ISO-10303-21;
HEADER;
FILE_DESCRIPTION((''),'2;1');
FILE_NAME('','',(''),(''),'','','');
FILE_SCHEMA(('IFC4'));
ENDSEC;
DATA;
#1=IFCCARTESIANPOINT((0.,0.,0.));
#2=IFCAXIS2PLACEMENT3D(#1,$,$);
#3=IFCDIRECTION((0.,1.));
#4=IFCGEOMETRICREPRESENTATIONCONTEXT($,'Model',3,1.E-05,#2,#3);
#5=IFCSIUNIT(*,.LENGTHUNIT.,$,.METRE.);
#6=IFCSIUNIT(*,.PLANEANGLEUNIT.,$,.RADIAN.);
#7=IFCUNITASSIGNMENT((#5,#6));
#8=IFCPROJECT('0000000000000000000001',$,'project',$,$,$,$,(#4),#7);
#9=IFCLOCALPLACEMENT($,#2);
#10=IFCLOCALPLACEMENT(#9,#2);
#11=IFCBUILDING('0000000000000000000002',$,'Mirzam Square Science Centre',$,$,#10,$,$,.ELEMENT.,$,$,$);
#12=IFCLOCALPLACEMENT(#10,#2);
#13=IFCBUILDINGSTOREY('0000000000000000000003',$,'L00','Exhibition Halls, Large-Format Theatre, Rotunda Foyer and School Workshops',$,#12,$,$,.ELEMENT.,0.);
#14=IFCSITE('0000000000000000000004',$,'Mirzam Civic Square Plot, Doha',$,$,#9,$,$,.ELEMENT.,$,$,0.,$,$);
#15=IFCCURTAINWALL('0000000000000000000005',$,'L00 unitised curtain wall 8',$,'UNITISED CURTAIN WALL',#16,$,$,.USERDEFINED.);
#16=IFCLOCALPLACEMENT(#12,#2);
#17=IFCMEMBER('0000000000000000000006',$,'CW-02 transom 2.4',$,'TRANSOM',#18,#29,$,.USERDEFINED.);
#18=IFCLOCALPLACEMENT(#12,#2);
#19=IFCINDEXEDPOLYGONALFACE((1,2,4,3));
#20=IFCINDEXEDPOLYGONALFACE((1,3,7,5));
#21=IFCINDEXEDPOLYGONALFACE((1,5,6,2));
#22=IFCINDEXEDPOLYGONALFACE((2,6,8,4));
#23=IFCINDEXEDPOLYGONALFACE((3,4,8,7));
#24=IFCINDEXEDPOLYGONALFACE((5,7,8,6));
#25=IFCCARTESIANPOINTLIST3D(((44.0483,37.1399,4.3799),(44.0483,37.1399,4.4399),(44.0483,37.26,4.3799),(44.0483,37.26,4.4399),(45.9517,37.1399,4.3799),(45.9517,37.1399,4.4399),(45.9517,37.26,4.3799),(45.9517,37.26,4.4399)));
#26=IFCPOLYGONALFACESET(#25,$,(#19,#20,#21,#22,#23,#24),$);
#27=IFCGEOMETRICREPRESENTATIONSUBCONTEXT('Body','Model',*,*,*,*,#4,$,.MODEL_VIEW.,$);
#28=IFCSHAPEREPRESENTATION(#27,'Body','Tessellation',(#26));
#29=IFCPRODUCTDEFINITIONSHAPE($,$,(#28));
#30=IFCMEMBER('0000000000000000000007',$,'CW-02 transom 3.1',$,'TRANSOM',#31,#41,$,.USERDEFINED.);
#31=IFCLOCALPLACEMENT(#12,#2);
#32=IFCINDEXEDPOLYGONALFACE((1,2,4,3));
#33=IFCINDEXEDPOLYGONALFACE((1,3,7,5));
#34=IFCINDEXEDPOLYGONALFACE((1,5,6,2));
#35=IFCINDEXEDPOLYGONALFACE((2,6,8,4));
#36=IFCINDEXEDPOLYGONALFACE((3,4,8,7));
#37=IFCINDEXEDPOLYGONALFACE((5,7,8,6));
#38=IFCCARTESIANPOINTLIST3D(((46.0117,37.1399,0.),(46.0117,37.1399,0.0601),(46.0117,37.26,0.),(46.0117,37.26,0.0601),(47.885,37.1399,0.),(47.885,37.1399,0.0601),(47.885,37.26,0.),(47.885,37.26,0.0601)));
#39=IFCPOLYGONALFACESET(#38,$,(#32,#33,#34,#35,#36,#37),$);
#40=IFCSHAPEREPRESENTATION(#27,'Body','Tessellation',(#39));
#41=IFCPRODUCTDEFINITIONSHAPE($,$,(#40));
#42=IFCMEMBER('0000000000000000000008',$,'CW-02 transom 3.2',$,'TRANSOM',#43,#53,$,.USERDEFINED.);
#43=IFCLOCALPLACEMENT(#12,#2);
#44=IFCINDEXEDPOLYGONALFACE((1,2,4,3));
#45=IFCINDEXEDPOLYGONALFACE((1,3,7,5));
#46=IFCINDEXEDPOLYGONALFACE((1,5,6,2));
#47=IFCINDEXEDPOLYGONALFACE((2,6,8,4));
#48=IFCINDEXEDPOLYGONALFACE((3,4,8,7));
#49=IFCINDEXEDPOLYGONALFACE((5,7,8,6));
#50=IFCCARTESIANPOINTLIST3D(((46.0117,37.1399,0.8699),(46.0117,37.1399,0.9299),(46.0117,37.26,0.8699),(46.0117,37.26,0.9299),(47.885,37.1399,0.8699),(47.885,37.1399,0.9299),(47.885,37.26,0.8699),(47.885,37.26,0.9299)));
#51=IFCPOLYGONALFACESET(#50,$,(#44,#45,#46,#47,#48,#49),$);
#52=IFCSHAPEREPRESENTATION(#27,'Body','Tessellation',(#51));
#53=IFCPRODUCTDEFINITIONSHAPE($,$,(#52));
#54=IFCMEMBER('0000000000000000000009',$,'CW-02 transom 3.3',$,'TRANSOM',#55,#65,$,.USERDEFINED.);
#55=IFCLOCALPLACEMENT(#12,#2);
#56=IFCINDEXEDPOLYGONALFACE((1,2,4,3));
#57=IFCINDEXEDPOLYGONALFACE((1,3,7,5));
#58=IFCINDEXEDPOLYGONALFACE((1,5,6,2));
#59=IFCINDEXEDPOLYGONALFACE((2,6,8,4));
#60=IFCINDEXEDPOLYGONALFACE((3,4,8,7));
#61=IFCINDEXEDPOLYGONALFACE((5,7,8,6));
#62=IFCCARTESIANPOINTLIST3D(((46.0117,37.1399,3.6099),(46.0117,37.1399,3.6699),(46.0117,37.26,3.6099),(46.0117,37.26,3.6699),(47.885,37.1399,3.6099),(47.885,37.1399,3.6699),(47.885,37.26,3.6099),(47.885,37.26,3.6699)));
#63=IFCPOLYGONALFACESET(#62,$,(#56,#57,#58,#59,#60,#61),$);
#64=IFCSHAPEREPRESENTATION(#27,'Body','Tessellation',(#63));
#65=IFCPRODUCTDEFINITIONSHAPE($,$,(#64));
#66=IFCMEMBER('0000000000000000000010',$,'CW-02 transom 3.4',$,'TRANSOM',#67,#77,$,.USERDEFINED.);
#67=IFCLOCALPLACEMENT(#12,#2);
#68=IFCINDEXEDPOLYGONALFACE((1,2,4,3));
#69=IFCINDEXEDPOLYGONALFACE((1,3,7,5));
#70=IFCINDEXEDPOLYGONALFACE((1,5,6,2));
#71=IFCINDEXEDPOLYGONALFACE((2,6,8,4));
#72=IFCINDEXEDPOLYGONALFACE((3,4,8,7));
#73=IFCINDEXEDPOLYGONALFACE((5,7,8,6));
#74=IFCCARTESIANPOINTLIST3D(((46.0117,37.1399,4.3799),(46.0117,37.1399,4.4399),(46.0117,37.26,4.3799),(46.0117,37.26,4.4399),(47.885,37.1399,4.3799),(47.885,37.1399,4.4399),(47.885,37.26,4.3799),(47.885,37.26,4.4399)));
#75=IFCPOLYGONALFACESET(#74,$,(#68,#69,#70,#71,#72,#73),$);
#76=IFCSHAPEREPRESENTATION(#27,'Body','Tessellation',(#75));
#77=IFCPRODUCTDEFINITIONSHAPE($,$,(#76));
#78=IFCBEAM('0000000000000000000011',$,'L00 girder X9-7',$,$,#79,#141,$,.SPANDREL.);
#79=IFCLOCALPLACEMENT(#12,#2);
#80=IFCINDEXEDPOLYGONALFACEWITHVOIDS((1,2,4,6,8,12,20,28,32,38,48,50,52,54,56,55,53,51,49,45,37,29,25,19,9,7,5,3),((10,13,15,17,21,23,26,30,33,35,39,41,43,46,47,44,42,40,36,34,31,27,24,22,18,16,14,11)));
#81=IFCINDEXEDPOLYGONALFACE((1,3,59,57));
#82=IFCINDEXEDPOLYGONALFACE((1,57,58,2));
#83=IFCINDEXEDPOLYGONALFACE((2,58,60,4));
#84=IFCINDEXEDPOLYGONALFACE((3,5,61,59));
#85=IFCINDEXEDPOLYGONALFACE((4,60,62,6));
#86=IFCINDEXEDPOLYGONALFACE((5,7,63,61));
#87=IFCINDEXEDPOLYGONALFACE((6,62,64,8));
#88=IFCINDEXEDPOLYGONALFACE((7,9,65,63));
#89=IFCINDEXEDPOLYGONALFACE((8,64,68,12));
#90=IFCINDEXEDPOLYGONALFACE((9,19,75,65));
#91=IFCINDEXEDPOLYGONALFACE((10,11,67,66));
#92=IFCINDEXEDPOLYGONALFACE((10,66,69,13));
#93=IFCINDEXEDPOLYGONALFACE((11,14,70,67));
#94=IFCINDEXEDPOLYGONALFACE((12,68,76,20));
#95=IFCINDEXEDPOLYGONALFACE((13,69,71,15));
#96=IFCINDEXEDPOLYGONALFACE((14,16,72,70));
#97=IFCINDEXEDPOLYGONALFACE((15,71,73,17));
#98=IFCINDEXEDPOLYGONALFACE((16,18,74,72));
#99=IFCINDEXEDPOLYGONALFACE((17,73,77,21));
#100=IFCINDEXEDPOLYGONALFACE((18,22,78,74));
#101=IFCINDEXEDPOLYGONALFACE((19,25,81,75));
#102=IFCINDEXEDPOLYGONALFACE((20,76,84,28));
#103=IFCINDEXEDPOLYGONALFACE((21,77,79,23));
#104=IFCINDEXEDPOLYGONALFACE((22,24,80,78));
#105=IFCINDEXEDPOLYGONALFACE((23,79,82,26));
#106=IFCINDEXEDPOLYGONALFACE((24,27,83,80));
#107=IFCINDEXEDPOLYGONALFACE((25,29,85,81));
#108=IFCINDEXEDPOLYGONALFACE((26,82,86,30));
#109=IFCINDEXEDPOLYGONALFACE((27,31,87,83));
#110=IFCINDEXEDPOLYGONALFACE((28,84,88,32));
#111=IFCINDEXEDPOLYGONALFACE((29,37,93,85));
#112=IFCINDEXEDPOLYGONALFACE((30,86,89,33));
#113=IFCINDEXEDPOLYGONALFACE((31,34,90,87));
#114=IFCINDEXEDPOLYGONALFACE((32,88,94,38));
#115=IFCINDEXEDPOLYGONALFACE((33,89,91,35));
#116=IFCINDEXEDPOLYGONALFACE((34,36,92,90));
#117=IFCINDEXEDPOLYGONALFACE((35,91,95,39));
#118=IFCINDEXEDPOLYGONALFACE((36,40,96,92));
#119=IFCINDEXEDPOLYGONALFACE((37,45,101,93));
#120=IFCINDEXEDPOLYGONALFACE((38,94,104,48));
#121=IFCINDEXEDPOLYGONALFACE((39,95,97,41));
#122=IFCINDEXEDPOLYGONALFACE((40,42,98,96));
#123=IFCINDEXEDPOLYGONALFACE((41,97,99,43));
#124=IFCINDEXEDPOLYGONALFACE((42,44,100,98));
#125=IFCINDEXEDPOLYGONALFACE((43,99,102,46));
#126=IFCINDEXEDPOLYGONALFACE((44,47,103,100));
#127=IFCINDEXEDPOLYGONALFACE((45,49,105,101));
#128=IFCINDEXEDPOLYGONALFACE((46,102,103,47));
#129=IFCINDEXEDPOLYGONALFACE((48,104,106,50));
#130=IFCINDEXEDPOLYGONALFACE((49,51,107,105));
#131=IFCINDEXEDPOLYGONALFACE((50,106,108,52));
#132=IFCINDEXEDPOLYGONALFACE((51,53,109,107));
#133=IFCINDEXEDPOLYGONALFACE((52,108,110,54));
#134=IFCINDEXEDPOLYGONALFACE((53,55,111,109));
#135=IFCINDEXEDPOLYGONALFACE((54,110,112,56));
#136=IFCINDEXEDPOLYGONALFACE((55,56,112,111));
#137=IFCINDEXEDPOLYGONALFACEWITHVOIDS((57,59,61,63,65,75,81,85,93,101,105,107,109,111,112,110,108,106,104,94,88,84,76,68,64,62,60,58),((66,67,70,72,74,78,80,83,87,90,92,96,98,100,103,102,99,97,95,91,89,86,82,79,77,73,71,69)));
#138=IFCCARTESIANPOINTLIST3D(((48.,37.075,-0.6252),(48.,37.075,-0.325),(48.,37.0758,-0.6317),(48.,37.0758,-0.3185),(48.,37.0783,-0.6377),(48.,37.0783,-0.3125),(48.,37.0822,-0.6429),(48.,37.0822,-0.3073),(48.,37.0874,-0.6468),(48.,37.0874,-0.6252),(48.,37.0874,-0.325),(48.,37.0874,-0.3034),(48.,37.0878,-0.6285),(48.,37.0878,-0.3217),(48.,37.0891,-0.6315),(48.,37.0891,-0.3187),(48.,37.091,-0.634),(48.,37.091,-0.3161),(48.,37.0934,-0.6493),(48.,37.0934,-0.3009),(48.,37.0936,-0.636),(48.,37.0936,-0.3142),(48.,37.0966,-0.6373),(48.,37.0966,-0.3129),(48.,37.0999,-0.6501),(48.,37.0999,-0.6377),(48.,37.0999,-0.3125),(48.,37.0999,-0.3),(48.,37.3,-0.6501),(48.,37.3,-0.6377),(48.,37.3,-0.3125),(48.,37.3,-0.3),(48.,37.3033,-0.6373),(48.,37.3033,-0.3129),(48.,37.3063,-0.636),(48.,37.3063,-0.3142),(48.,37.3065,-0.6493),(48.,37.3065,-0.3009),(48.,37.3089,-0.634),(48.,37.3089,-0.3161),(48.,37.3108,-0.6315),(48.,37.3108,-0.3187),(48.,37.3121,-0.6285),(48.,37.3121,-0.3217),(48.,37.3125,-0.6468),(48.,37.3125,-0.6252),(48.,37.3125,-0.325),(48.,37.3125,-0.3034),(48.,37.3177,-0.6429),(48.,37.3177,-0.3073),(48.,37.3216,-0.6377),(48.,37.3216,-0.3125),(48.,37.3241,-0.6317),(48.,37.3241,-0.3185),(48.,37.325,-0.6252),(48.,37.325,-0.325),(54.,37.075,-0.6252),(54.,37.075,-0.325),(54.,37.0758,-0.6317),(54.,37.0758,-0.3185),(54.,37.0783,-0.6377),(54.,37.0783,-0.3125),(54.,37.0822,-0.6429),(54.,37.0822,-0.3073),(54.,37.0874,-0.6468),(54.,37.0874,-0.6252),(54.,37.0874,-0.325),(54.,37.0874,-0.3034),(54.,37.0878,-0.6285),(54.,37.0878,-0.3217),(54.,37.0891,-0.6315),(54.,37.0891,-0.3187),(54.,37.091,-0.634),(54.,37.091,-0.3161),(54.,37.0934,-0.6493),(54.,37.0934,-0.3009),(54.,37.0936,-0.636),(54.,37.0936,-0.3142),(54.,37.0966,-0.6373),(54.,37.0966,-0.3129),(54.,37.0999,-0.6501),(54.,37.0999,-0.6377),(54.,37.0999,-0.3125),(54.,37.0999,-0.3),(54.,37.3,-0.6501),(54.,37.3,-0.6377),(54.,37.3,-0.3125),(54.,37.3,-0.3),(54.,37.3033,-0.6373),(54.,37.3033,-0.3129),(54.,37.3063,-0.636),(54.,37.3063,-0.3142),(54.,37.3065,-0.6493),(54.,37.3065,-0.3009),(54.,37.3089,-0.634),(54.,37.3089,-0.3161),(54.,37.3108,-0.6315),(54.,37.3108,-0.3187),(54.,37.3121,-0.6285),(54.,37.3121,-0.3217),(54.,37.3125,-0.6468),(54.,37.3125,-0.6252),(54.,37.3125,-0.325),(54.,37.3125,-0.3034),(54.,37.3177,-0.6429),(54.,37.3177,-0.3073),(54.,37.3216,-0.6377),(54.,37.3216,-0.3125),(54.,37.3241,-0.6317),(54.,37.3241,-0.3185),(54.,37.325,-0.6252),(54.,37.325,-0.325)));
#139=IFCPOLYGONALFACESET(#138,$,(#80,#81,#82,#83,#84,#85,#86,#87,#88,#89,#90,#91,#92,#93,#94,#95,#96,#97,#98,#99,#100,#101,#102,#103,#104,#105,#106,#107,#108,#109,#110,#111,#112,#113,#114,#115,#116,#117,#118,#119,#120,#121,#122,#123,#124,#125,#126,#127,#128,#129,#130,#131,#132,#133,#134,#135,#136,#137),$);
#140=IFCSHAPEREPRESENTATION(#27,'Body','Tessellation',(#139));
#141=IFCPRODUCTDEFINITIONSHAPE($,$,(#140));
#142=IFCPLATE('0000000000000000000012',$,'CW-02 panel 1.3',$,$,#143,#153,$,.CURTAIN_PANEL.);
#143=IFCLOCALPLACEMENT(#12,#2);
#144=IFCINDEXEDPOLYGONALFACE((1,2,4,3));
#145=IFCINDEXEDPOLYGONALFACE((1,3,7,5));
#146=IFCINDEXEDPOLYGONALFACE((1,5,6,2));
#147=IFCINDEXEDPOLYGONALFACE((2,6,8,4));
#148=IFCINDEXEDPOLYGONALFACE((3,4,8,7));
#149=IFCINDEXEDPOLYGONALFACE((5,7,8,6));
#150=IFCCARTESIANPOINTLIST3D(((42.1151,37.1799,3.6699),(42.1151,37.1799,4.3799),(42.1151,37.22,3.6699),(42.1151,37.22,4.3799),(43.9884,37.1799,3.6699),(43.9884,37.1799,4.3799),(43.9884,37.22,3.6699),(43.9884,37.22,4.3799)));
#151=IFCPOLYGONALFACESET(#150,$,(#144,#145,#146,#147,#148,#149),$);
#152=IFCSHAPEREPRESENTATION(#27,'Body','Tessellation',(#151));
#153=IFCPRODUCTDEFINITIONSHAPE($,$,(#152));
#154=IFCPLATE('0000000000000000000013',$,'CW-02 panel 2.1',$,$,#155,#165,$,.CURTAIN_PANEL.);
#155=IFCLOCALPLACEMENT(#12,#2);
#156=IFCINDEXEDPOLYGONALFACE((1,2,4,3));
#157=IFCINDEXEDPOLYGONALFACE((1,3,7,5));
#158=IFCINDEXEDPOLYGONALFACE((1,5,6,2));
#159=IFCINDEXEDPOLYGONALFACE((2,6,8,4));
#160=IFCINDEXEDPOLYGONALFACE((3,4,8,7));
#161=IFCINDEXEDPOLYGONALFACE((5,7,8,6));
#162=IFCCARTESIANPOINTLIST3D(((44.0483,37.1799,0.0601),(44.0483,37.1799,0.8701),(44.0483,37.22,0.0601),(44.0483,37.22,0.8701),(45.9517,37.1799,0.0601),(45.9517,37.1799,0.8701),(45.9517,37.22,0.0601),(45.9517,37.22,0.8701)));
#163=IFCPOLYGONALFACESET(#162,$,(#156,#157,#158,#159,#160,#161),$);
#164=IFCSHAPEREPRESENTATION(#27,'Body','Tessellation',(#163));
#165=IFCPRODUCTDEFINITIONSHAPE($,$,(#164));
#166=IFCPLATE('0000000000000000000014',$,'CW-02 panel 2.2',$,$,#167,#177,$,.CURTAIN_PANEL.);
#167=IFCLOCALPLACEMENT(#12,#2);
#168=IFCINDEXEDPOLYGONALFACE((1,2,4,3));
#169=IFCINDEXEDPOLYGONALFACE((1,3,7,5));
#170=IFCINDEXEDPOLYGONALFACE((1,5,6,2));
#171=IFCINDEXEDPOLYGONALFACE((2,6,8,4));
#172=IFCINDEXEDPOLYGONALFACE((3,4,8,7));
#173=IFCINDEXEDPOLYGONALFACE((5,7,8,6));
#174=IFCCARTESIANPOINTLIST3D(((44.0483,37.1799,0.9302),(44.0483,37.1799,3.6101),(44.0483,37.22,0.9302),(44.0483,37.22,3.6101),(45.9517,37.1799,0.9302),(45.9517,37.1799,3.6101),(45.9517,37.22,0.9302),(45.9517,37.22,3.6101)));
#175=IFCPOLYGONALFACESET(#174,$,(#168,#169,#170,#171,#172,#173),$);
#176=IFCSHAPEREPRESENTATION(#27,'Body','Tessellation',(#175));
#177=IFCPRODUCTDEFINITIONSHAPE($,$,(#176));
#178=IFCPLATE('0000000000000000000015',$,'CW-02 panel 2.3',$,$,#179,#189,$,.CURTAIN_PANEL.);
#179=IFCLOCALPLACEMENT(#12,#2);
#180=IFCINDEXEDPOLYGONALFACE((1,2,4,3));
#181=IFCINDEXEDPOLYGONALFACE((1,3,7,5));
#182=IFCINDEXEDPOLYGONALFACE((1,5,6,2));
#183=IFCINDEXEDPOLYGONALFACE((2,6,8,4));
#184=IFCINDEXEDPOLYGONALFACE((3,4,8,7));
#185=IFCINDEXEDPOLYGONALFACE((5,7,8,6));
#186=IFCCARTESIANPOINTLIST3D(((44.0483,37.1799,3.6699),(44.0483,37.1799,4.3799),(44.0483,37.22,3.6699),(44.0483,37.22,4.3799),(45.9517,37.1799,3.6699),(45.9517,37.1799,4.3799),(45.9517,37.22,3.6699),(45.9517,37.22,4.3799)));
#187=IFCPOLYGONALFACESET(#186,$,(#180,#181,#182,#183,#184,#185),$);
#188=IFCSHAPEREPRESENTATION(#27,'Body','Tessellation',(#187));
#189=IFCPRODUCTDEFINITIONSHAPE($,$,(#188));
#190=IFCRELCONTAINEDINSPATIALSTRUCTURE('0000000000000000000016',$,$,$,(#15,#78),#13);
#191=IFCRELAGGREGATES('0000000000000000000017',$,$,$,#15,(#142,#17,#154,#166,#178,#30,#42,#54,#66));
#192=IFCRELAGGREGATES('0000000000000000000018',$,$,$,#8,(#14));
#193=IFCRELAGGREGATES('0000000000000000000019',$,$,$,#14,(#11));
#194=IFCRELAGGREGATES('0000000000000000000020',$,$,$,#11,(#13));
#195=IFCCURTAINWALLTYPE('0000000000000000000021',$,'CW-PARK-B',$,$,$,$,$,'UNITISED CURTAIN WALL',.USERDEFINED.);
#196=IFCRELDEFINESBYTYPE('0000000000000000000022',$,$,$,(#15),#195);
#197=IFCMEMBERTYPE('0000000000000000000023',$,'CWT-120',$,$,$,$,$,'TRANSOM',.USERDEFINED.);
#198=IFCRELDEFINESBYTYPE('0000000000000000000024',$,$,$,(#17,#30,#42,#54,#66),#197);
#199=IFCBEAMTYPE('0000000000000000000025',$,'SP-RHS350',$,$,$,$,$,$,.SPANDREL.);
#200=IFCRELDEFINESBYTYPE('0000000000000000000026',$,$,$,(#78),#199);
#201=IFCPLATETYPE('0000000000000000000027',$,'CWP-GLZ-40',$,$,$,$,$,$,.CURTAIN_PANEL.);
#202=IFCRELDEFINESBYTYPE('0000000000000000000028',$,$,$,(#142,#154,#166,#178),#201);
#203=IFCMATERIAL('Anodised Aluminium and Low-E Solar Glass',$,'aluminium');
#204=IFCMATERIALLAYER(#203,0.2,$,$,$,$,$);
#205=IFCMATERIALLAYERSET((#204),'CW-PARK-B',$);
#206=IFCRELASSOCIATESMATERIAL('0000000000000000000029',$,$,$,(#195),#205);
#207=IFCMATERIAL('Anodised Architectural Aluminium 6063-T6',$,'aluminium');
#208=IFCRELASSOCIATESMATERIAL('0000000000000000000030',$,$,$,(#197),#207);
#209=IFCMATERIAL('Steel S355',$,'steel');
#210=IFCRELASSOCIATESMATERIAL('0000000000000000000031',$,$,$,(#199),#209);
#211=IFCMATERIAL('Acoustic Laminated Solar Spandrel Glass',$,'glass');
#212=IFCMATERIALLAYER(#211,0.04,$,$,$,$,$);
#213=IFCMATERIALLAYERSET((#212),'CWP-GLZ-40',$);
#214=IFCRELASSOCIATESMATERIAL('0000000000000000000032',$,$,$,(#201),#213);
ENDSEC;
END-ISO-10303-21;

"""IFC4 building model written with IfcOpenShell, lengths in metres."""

from ifc_helpers import new_model, si_unit, direction, frame, origin, origin_2d, place, context, subcontext, project, spatial, rectangle, hollow_rectangle, extrude, material, layer, layer_set, material_profile, profile_set, type_object, element, aggregate, save


model = new_model("IFC4")

# Units and contexts
model_context = context("Model", 3, precision=1e-05, world=origin(), true_north=direction((0.0, 1.0)))
body_context = subcontext(model_context, "Body", "Model", "MODEL_VIEW")
ifc_project = project(units=[si_unit("LENGTHUNIT", "METRE"), si_unit("PLANEANGLEUNIT", "RADIAN")], contexts=[model_context])

# Site, building, storey
site_placement = place(None, origin())
site = spatial("IfcSite", under=ifc_project, at=site_placement, Name="Mirzam Civic Square Plot, Doha", CompositionType="ELEMENT", RefElevation=0.0)
building_placement = place(site_placement, origin())
building = spatial("IfcBuilding", under=site, at=building_placement, Name="Mirzam Square Science Centre", CompositionType="ELEMENT")
storey_placement = place(building_placement, origin())
storey = spatial("IfcBuildingStorey", under=building, at=storey_placement, Name="L00", Description="Exhibition Halls, Large-Format Theatre, Rotunda Foyer and School Workshops", CompositionType="ELEMENT", Elevation=0.0)

# Shared definitions
ifc_material_1 = material(Name="Steel S355", Category="steel")

# Curtain wall, members
ifc_material_2 = material(Name="Anodised Aluminium and Low-E Solar Glass", Category="aluminium")
ifc_layer_1 = layer(ifc_material_2, 0.2)
ifc_layer_set_1 = layer_set([ifc_layer_1], Name="CW-PARK-B")
curtain_wall_type = type_object("IfcCurtainWallType", Name="CW-PARK-B", ElementType="UNITISED CURTAIN WALL", PredefinedType="USERDEFINED", material=ifc_layer_set_1)
curtain_wall_placement = place(storey_placement, origin())
curtain_wall = element("IfcCurtainWall", 1, at=curtain_wall_placement, inside=storey, type_object=curtain_wall_type, Name="L00 unitised curtain wall 8", ObjectType="UNITISED CURTAIN WALL", PredefinedType="USERDEFINED")
ifc_material_3 = material(Name="Anodised Architectural Aluminium 6063-T6", Category="aluminium")
ifc_material_profile_1 = material_profile(ifc_material_3, rectangle(XDim=0.1201, YDim=0.0601, at=origin_2d()), Name="ALU-TRAN-120x60x4")
ifc_profile_set_1 = profile_set([ifc_material_profile_1], Name="Anodised Architectural Aluminium 6063-T6")
member_type_1 = type_object("IfcMemberType", Name="CWT-120", ElementType="TRANSOM", PredefinedType="USERDEFINED", material=ifc_profile_set_1)
member_1_placement = place(storey_placement, frame((44.0483, 37.2, 4.4099), z_axis=(1.0, 0.0, 0.0), x_axis=(0.0, 1.0, 0.0)))
member_1 = element("IfcMember", 2, at=member_1_placement, type_object=member_type_1, Name="CW-02 transom 2.4", ObjectType="TRANSOM", PredefinedType="USERDEFINED", context=body_context, shape_type="SweptSolid", body=[
    extrude(rectangle(XDim=0.1201, YDim=0.0601, at=origin_2d()), origin(), (0.0, 0.0, 1.0), 1.9033),
])
member_2_placement = place(storey_placement, frame((46.0117, 37.2, 0.03), z_axis=(1.0, 0.0, 0.0), x_axis=(0.0, 1.0, 0.0)))
member_2 = element("IfcMember", 3, at=member_2_placement, type_object=member_type_1, Name="CW-02 transom 3.1", ObjectType="TRANSOM", PredefinedType="USERDEFINED", context=body_context, shape_type="SweptSolid", body=[
    extrude(rectangle(XDim=0.1201, YDim=0.0601, at=origin_2d()), origin(), (0.0, 0.0, 1.0), 1.8733),
])
member_3_placement = place(storey_placement, frame((46.0117, 37.2, 0.8999), z_axis=(1.0, 0.0, 0.0), x_axis=(0.0, 1.0, 0.0)))
member_3 = element("IfcMember", 4, at=member_3_placement, type_object=member_type_1, Name="CW-02 transom 3.2", ObjectType="TRANSOM", PredefinedType="USERDEFINED", context=body_context, shape_type="SweptSolid", body=[
    extrude(rectangle(XDim=0.1201, YDim=0.0601, at=origin_2d()), origin(), (0.0, 0.0, 1.0), 1.8733),
])
member_4_placement = place(storey_placement, frame((46.0117, 37.2, 3.6399), z_axis=(1.0, 0.0, 0.0), x_axis=(0.0, 1.0, 0.0)))
member_4 = element("IfcMember", 5, at=member_4_placement, type_object=member_type_1, Name="CW-02 transom 3.3", ObjectType="TRANSOM", PredefinedType="USERDEFINED", context=body_context, shape_type="SweptSolid", body=[
    extrude(rectangle(XDim=0.1201, YDim=0.0601, at=origin_2d()), origin(), (0.0, 0.0, 1.0), 1.8733),
])
member_5_placement = place(storey_placement, frame((46.0117, 37.2, 4.4099), z_axis=(1.0, 0.0, 0.0), x_axis=(0.0, 1.0, 0.0)))
member_5 = element("IfcMember", 6, at=member_5_placement, type_object=member_type_1, Name="CW-02 transom 3.4", ObjectType="TRANSOM", PredefinedType="USERDEFINED", context=body_context, shape_type="SweptSolid", body=[
    extrude(rectangle(XDim=0.1201, YDim=0.0601, at=origin_2d()), origin(), (0.0, 0.0, 1.0), 1.8733),
])

# Beam
ifc_material_profile_2 = material_profile(ifc_material_1, hollow_rectangle(XDim=0.25, YDim=0.3501, WallThickness=0.0125, InnerFilletRadius=0.0125, OuterFilletRadius=0.0249, at=origin_2d()), Name="350x250x12.5RHS")
ifc_profile_set_2 = profile_set([ifc_material_profile_2], Name="Steel S355")
beam_type_1 = type_object("IfcBeamType", Name="SP-RHS350", PredefinedType="SPANDREL", material=ifc_profile_set_2)
beam_1_placement = place(storey_placement, frame((48.0, 37.2, -0.4751), z_axis=(1.0, 0.0, 0.0), x_axis=(0.0, 1.0, 0.0)))
element("IfcBeam", 7, at=beam_1_placement, inside=storey, type_object=beam_type_1, Name="L00 girder X9-7", PredefinedType="SPANDREL", context=body_context, shape_type="SweptSolid", body=[
    extrude(hollow_rectangle(XDim=0.25, YDim=0.3501, WallThickness=0.0125, InnerFilletRadius=0.0125, OuterFilletRadius=0.0249, at=origin_2d()), origin(), (0.0, 0.0, 1.0), 6.0),
])

# Plates
ifc_material_4 = material(Name="Acoustic Laminated Solar Spandrel Glass", Category="glass")
ifc_layer_2 = layer(ifc_material_4, 0.04)
ifc_layer_set_2 = layer_set([ifc_layer_2], Name="CWP-GLZ-40")
plate_type = type_object("IfcPlateType", Name="CWP-GLZ-40", PredefinedType="CURTAIN_PANEL", material=ifc_layer_set_2)
plate_1_placement = place(storey_placement, frame((43.0518, 37.2, 3.6699), z_axis=(0.0, 0.0, 1.0), x_axis=(1.0, 0.0, 0.0)))
plate_1 = element("IfcPlate", 8, at=plate_1_placement, type_object=plate_type, Name="CW-02 panel 1.3", PredefinedType="CURTAIN_PANEL", context=body_context, shape_type="SweptSolid", body=[
    extrude(rectangle(XDim=1.8733, YDim=0.04, at=origin_2d()), origin(), (0.0, 0.0, 1.0), 0.71),
])
plate_2_placement = place(storey_placement, frame((45.0, 37.2, 0.0601), z_axis=(0.0, 0.0, 1.0), x_axis=(1.0, 0.0, 0.0)))
plate_2 = element("IfcPlate", 9, at=plate_2_placement, type_object=plate_type, Name="CW-02 panel 2.1", PredefinedType="CURTAIN_PANEL", context=body_context, shape_type="SweptSolid", body=[
    extrude(rectangle(XDim=1.9033, YDim=0.04, at=origin_2d()), origin(), (0.0, 0.0, 1.0), 0.8101),
])
plate_3_placement = place(storey_placement, frame((45.0, 37.2, 0.9302), z_axis=(0.0, 0.0, 1.0), x_axis=(1.0, 0.0, 0.0)))
plate_3 = element("IfcPlate", 10, at=plate_3_placement, type_object=plate_type, Name="CW-02 panel 2.2", PredefinedType="CURTAIN_PANEL", context=body_context, shape_type="SweptSolid", body=[
    extrude(rectangle(XDim=1.9033, YDim=0.04, at=origin_2d()), origin(), (0.0, 0.0, 1.0), 2.6799),
])
plate_4_placement = place(storey_placement, frame((45.0, 37.2, 3.6699), z_axis=(0.0, 0.0, 1.0), x_axis=(1.0, 0.0, 0.0)))
plate_4 = element("IfcPlate", 11, at=plate_4_placement, type_object=plate_type, Name="CW-02 panel 2.3", PredefinedType="CURTAIN_PANEL", context=body_context, shape_type="SweptSolid", body=[
    extrude(rectangle(XDim=1.9033, YDim=0.04, at=origin_2d()), origin(), (0.0, 0.0, 1.0), 0.71),
])
aggregate(curtain_wall, [plate_1, member_1, plate_2, plate_3, plate_4, member_2, member_3, member_4, member_5])

save(model, "model.ifc")
